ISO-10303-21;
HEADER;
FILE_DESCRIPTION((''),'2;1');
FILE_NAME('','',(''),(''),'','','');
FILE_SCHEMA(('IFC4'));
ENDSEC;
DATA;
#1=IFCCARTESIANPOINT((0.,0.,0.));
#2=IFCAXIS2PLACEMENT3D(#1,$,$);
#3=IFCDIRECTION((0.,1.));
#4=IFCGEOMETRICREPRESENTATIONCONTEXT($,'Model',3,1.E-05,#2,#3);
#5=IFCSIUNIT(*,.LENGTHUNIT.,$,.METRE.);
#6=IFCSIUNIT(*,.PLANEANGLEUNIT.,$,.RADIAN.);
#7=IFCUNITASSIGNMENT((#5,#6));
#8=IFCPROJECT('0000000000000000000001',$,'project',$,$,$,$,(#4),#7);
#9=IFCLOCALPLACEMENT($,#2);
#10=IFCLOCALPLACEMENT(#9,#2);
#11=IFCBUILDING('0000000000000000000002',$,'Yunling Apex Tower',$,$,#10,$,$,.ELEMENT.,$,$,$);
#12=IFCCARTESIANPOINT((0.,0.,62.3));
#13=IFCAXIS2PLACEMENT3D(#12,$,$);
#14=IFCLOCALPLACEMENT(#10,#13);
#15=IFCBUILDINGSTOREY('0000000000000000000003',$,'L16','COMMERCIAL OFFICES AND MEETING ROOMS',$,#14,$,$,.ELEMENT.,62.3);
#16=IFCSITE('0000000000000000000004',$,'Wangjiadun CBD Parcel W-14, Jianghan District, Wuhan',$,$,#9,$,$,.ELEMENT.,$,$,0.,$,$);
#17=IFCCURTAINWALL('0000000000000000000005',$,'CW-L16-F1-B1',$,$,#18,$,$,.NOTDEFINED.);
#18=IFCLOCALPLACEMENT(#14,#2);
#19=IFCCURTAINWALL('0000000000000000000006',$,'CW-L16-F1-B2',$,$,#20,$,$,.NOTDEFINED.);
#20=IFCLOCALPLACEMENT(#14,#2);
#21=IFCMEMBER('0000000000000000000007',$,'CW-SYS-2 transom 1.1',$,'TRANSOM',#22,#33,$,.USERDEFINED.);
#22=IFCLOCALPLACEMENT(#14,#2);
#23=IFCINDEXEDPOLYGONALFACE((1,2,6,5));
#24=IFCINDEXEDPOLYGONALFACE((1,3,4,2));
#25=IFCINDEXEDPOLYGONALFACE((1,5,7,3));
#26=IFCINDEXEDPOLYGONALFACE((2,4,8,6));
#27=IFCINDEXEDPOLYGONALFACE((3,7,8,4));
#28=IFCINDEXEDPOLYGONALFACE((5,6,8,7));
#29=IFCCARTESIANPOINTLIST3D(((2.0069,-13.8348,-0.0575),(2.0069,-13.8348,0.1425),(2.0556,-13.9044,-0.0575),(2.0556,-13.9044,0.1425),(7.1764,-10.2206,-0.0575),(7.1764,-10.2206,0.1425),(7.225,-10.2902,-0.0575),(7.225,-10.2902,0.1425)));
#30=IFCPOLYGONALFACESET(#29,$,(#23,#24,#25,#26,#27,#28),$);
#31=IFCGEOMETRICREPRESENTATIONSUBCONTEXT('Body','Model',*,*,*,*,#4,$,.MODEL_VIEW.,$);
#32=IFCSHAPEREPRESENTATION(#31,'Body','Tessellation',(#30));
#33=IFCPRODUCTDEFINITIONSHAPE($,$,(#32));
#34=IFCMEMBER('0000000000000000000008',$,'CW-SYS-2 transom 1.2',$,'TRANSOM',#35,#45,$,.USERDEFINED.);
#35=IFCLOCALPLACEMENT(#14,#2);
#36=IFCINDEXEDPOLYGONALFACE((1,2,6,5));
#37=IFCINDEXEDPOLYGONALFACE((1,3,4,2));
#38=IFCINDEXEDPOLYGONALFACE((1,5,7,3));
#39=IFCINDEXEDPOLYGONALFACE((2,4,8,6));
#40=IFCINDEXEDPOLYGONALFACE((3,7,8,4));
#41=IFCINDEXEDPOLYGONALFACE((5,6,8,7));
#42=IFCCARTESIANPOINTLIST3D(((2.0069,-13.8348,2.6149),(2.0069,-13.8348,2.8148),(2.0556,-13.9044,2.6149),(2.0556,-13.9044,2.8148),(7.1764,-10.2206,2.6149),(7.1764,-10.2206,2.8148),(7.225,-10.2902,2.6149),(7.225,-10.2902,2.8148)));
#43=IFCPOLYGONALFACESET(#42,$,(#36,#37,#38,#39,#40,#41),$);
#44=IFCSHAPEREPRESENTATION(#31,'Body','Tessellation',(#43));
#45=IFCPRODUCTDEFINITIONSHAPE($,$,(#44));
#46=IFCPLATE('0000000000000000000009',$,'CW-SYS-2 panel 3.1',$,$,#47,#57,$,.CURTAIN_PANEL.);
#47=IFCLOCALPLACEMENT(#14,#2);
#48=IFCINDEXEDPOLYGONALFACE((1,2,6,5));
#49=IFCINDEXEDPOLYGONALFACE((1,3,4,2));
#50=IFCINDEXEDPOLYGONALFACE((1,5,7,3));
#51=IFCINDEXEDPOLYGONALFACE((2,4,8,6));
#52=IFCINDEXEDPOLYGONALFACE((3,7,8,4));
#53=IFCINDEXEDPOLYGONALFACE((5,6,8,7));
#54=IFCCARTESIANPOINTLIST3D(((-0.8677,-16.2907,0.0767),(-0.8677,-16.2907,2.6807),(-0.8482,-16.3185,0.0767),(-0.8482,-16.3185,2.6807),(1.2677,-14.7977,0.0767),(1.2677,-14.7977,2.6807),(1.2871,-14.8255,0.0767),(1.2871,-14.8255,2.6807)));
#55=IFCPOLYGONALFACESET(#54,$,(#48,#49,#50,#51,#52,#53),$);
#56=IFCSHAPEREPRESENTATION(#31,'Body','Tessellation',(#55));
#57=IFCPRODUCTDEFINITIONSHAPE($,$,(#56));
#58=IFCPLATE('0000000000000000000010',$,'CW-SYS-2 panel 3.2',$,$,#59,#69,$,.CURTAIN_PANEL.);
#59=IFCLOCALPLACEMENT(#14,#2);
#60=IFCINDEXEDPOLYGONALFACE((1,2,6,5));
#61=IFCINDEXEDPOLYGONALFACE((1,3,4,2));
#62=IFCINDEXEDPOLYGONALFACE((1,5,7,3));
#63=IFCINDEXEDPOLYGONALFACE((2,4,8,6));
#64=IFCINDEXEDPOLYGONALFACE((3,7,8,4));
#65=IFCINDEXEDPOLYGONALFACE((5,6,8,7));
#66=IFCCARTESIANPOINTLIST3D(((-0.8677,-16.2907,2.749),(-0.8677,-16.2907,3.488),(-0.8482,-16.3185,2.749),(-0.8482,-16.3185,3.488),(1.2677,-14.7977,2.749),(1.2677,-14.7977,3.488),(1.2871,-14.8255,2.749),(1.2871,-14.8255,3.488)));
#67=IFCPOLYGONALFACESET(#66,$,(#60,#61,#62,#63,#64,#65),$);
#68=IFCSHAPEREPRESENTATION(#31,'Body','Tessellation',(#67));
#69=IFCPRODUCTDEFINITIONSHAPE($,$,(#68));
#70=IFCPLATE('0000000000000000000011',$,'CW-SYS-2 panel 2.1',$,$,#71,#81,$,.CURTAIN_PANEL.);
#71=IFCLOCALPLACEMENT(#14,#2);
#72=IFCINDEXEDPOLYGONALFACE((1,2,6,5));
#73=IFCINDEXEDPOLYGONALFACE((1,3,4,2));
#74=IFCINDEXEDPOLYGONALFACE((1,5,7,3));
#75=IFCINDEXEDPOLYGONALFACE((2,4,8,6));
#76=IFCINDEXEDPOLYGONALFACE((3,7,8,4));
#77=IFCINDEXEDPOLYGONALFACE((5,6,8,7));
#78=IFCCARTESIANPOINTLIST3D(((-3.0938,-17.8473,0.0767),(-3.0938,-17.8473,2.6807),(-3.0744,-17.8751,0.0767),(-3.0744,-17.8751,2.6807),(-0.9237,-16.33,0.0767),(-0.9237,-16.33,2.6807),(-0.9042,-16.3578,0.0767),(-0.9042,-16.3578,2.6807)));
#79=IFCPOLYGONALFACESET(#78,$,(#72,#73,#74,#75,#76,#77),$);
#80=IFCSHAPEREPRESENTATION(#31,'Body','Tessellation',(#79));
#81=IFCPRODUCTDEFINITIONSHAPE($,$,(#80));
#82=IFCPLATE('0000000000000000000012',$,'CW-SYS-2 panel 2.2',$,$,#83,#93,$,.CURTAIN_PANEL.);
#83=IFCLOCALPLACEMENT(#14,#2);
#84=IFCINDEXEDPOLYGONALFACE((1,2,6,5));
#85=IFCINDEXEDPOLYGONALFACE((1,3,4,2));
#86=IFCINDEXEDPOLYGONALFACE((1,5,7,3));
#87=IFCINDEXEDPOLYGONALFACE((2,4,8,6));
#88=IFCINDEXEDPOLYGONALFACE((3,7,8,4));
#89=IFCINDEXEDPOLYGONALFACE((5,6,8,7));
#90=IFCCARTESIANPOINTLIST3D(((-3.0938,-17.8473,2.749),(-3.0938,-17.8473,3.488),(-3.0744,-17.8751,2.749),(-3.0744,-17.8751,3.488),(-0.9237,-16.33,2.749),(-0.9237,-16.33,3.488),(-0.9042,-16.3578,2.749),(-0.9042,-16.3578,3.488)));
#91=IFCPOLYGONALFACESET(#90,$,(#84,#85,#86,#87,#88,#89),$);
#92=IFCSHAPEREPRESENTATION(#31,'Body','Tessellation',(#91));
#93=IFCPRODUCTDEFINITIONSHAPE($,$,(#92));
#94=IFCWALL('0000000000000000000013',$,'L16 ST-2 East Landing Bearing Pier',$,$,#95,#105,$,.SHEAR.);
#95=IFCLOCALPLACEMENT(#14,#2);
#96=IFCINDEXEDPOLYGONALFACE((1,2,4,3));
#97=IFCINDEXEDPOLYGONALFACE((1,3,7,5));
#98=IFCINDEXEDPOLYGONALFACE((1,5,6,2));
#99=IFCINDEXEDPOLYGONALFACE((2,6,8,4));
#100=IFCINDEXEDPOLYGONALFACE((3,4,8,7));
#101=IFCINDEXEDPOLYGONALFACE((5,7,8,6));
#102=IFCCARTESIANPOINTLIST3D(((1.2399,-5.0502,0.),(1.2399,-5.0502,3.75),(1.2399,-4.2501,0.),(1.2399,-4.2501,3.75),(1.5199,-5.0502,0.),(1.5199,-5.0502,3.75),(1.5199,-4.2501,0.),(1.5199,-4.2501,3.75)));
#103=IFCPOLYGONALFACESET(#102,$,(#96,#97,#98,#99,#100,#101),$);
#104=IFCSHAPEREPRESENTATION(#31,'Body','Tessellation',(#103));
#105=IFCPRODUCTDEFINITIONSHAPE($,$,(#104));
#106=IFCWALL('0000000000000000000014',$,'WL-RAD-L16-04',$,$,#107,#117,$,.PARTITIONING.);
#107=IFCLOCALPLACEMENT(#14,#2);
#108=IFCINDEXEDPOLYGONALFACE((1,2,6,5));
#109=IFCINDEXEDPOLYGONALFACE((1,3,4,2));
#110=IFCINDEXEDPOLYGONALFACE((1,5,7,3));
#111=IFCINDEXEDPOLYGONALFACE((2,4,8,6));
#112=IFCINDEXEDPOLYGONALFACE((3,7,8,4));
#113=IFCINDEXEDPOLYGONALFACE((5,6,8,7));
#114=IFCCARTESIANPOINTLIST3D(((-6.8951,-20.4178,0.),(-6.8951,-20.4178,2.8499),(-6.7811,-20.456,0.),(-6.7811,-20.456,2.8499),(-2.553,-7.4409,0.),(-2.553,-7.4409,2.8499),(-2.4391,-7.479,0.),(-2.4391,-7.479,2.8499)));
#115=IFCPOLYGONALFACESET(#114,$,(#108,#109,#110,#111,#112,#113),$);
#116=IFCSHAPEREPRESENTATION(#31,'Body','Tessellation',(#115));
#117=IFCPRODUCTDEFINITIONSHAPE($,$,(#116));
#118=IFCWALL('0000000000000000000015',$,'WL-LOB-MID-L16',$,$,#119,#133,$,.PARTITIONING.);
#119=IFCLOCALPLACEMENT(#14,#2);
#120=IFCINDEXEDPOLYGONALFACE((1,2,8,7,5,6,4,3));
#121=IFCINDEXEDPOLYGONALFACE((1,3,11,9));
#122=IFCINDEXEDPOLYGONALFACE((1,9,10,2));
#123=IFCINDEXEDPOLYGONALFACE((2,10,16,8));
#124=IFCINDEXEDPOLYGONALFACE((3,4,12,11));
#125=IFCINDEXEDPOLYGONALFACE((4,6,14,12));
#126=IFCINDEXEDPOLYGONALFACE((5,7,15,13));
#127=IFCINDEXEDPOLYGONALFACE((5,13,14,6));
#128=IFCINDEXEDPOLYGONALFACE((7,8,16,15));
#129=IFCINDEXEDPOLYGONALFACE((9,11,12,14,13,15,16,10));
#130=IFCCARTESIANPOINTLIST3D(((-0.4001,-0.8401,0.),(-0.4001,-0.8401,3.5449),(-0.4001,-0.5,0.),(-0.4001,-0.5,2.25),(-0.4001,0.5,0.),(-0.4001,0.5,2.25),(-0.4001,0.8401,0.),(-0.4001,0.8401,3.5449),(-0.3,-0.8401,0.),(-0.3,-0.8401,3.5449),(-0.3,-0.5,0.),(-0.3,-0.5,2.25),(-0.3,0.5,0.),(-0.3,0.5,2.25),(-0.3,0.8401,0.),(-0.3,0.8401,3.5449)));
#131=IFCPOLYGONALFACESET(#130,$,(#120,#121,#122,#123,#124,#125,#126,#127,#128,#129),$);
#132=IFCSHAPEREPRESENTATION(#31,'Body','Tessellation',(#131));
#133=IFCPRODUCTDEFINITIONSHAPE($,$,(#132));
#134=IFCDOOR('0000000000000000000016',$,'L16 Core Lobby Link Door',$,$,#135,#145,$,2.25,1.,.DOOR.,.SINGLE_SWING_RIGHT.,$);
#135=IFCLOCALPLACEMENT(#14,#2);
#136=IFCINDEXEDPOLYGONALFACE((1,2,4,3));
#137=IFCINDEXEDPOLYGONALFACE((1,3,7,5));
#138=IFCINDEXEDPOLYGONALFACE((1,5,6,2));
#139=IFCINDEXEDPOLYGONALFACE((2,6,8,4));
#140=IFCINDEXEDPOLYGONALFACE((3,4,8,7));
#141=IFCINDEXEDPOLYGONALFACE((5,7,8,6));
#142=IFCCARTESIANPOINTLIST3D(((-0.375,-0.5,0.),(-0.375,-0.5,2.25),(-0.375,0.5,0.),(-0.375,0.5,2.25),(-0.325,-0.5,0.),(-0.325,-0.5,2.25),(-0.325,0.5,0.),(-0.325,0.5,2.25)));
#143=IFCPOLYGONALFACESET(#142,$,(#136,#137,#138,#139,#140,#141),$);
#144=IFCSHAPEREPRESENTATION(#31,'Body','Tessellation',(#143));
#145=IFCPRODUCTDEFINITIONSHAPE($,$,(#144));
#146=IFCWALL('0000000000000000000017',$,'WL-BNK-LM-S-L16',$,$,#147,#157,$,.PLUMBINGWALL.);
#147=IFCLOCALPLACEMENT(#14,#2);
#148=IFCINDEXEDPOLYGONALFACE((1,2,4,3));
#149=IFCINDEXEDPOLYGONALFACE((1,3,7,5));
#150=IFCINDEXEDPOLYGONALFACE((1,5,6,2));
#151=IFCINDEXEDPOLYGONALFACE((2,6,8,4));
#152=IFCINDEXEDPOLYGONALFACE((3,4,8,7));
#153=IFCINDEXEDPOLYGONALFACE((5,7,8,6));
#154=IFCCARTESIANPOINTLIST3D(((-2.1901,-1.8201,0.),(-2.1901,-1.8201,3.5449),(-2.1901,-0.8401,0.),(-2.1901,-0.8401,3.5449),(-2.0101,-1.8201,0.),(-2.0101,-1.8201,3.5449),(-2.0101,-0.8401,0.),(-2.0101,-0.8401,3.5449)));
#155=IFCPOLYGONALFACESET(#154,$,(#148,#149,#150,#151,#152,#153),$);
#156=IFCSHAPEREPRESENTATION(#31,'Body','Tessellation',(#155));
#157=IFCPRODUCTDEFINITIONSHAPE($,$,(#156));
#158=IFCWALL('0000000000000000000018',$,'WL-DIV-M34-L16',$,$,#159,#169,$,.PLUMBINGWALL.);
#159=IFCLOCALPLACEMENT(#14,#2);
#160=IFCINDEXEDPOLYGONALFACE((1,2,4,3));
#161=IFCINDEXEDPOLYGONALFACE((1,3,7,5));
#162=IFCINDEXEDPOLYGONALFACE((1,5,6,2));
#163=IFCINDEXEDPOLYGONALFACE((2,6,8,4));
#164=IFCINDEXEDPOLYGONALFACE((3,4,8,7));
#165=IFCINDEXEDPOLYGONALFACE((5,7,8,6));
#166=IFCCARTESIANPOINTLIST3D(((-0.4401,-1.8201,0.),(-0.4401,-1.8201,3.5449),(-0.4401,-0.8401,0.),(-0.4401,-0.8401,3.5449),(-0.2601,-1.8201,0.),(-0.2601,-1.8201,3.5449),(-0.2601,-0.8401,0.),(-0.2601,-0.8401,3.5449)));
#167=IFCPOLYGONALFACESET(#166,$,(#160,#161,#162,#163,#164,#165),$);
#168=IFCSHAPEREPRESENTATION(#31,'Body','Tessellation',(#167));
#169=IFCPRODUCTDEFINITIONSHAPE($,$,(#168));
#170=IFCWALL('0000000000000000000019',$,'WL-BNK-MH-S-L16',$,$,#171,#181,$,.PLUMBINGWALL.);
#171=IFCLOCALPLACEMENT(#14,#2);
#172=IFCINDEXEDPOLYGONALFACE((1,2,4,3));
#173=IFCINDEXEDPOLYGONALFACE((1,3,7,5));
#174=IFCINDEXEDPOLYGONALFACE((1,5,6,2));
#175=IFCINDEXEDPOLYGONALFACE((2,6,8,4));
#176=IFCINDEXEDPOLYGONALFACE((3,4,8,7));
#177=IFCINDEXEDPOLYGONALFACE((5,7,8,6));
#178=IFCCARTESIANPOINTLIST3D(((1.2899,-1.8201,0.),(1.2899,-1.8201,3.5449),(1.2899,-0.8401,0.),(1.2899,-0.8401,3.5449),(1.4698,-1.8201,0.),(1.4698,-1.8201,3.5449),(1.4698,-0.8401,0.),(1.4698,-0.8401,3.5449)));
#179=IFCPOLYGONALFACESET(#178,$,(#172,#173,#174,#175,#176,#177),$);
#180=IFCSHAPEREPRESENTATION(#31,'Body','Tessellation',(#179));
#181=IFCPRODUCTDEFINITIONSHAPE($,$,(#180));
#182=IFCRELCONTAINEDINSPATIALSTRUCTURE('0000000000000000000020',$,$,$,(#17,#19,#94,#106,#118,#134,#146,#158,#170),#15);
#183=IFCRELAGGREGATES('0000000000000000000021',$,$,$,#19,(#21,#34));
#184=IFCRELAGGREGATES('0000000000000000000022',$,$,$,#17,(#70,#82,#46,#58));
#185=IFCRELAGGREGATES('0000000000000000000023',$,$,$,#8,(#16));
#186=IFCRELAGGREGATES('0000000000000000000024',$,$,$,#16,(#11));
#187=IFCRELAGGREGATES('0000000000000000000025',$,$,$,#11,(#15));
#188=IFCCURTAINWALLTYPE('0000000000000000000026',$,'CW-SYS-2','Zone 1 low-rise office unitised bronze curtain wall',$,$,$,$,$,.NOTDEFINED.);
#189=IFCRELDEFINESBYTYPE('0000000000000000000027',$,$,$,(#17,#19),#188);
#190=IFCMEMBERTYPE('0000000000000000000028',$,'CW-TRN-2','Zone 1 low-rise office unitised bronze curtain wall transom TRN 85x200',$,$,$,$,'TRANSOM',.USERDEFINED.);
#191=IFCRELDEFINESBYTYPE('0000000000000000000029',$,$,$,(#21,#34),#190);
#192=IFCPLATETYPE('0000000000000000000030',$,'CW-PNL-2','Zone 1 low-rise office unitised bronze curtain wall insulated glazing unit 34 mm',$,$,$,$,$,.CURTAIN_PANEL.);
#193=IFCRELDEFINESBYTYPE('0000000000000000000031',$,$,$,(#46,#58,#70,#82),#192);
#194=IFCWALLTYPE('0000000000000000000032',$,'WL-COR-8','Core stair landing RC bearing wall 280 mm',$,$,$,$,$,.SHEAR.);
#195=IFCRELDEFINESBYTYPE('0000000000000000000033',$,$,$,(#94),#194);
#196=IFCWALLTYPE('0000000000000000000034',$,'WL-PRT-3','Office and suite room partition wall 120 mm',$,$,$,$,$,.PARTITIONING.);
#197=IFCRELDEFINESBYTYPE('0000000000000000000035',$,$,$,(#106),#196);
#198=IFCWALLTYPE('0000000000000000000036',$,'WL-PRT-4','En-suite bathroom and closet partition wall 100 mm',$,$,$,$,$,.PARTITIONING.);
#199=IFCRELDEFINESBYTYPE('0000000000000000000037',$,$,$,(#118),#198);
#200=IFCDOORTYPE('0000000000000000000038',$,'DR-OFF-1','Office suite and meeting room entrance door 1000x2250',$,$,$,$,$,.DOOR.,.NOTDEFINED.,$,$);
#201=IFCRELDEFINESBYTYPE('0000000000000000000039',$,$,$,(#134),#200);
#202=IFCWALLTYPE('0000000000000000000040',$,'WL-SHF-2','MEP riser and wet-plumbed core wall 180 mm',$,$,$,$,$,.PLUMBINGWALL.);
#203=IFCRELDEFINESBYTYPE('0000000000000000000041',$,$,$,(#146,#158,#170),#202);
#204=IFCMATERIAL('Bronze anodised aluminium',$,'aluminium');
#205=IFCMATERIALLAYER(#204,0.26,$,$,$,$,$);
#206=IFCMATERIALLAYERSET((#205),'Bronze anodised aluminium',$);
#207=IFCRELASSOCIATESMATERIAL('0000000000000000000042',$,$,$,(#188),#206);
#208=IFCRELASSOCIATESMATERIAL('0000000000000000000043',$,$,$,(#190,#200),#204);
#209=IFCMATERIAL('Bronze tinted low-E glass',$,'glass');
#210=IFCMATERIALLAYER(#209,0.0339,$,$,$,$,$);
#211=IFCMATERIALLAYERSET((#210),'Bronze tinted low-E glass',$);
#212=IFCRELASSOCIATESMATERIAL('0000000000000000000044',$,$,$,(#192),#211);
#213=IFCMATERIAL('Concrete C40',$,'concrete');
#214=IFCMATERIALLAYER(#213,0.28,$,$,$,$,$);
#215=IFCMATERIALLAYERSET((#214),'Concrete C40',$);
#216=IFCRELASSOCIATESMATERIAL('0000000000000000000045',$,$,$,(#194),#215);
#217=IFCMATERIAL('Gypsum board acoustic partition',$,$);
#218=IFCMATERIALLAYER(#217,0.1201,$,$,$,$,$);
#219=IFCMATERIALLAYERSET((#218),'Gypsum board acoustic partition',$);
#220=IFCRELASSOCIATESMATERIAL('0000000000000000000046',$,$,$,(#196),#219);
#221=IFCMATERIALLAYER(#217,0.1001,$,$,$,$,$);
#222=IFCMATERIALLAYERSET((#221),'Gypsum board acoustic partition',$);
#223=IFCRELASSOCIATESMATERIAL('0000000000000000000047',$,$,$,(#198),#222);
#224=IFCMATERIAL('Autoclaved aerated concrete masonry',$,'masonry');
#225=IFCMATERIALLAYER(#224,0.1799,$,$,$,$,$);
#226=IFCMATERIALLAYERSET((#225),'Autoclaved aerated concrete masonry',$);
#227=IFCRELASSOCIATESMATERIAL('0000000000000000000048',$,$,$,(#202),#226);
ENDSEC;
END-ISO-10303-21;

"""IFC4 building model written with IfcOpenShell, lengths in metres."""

from ifc_helpers import new_model, si_unit, direction, frame, frame_2d, origin, origin_2d, place, context, subcontext, project, spatial, rectangle, extrude, source, transform, mapped, material, layer, layer_set, material_profile, profile_set, type_object, element, fill, aggregate, save


model = new_model("IFC4")

# Units and contexts
model_context = context("Model", 3, precision=1e-05, world=origin(), true_north=direction((0.0, 1.0)))
body_context = subcontext(model_context, "Body", "Model", "MODEL_VIEW")
ifc_project = project(units=[si_unit("LENGTHUNIT", "METRE"), si_unit("PLANEANGLEUNIT", "RADIAN")], contexts=[model_context])

# Site, building, storey
site_placement = place(None, origin())
site = spatial("IfcSite", under=ifc_project, at=site_placement, Name="Wangjiadun CBD Parcel W-14, Jianghan District, Wuhan", CompositionType="ELEMENT", RefElevation=0.0)
building_placement = place(site_placement, origin())
building = spatial("IfcBuilding", under=site, at=building_placement, Name="Yunling Apex Tower", CompositionType="ELEMENT")
storey_placement = place(building_placement, frame((0.0, 0.0, 62.3)))
storey = spatial("IfcBuildingStorey", under=building, at=storey_placement, Name="L16", Description="COMMERCIAL OFFICES AND MEETING ROOMS", CompositionType="ELEMENT", Elevation=62.3)

# Curtain wall
ifc_material_1 = material(Name="Bronze anodised aluminium", Category="aluminium")
ifc_layer_1 = layer(ifc_material_1, 0.26)
ifc_layer_set_1 = layer_set([ifc_layer_1], Name="Bronze anodised aluminium")
curtain_wall_type = type_object("IfcCurtainWallType", Name="CW-SYS-2", Description="Zone 1 low-rise office unitised bronze curtain wall", PredefinedType="NOTDEFINED", material=ifc_layer_set_1)
curtain_wall_1_placement = place(storey_placement, origin())
curtain_wall_1 = element("IfcCurtainWall", 1, at=curtain_wall_1_placement, inside=storey, type_object=curtain_wall_type, Name="CW-L16-F1-B1", PredefinedType="NOTDEFINED")

# Curtain wall
curtain_wall_2_placement = place(storey_placement, origin())
curtain_wall_2 = element("IfcCurtainWall", 2, at=curtain_wall_2_placement, inside=storey, type_object=curtain_wall_type, Name="CW-L16-F1-B2", PredefinedType="NOTDEFINED")

# Members
ifc_material_profile_1 = material_profile(ifc_material_1, rectangle(XDim=0.085, YDim=0.2, at=origin_2d()))
ifc_profile_set_1 = profile_set([ifc_material_profile_1], Name="Bronze anodised aluminium")
member_type_1 = type_object("IfcMemberType", Name="CW-TRN-2", Description="Zone 1 low-rise office unitised bronze curtain wall transom TRN 85x200", ElementType="TRANSOM", PredefinedType="USERDEFINED", material=ifc_profile_set_1)
shared_shape_1 = source(origin(), body_context, "Body", "SweptSolid", [
    extrude(rectangle(XDim=0.085, YDim=0.2, at=origin_2d()), origin(), (0.0, 0.0, 1.0), 6.3076),
])
member_1_placement = place(storey_placement, frame((2.0312, -13.8696, 0.0425), z_axis=(0.819555, 0.573, 0.0), x_axis=(-0.573, 0.819555, 0.0)))
member_1 = element("IfcMember", 3, at=member_1_placement, type_object=member_type_1, Name="CW-SYS-2 transom 1.1", ObjectType="TRANSOM", PredefinedType="USERDEFINED", context=body_context, shape_type="MappedRepresentation", body=[
    mapped(shared_shape_1, transform((0.0, 0.0, 0.0), scale=1.0)),
])
member_2_placement = place(storey_placement, frame((2.0312, -13.8696, 2.7148), z_axis=(0.819555, 0.573, 0.0), x_axis=(-0.573, 0.819555, 0.0)))
member_2 = element("IfcMember", 4, at=member_2_placement, type_object=member_type_1, Name="CW-SYS-2 transom 1.2", ObjectType="TRANSOM", PredefinedType="USERDEFINED", context=body_context, shape_type="MappedRepresentation", body=[
    mapped(shared_shape_1, transform((0.0, 0.0, 0.0), scale=1.0)),
])
aggregate(curtain_wall_2, [member_1, member_2])

# Plates
ifc_material_2 = material(Name="Bronze tinted low-E glass", Category="glass")
ifc_layer_2 = layer(ifc_material_2, 0.0339)
ifc_layer_set_2 = layer_set([ifc_layer_2], Name="Bronze tinted low-E glass")
plate_type = type_object("IfcPlateType", Name="CW-PNL-2", Description="Zone 1 low-rise office unitised bronze curtain wall insulated glazing unit 34 mm", PredefinedType="CURTAIN_PANEL", material=ifc_layer_set_2)
shared_shape_2 = source(origin(), body_context, "Body", "SweptSolid", [
    extrude(rectangle(XDim=2.6055, YDim=0.0339, at=origin_2d()), origin(), (0.0, 0.0, 1.0), 2.604),
])
plate_1_placement = place(storey_placement, frame((0.2097, -15.5581, 0.0767), z_axis=(0.0, 0.0, 1.0), x_axis=(0.819552, 0.573004, 0.0)))
plate_1 = element("IfcPlate", 5, at=plate_1_placement, type_object=plate_type, Name="CW-SYS-2 panel 3.1", PredefinedType="CURTAIN_PANEL", context=body_context, shape_type="MappedRepresentation", body=[
    mapped(shared_shape_2, transform((0.0, 0.0, 0.0), scale=1.0)),
])
shared_shape_3 = source(origin(), body_context, "Body", "SweptSolid", [
    extrude(rectangle(XDim=2.6055, YDim=0.0339, at=origin_2d()), origin(), (0.0, 0.0, 1.0), 0.739),
])
plate_2_placement = place(storey_placement, frame((0.2097, -15.5581, 2.749), z_axis=(0.0, 0.0, 1.0), x_axis=(0.819552, 0.573004, 0.0)))
plate_2 = element("IfcPlate", 6, at=plate_2_placement, type_object=plate_type, Name="CW-SYS-2 panel 3.2", PredefinedType="CURTAIN_PANEL", context=body_context, shape_type="MappedRepresentation", body=[
    mapped(shared_shape_3, transform((0.0, 0.0, 0.0), scale=1.0)),
])
shared_shape_4 = source(origin(), body_context, "Body", "SweptSolid", [
    extrude(rectangle(XDim=2.6479, YDim=0.0339, at=origin_2d()), origin(), (0.0, 0.0, 1.0), 2.604),
])
plate_3_placement = place(storey_placement, frame((-1.999, -17.1025, 0.0767), z_axis=(0.0, 0.0, 1.0), x_axis=(0.819552, 0.573004, 0.0)))
plate_3 = element("IfcPlate", 7, at=plate_3_placement, type_object=plate_type, Name="CW-SYS-2 panel 2.1", PredefinedType="CURTAIN_PANEL", context=body_context, shape_type="MappedRepresentation", body=[
    mapped(shared_shape_4, transform((0.0, 0.0, 0.0), scale=1.0)),
])
shared_shape_5 = source(origin(), body_context, "Body", "SweptSolid", [
    extrude(rectangle(XDim=2.6479, YDim=0.0339, at=origin_2d()), origin(), (0.0, 0.0, 1.0), 0.739),
])
plate_4_placement = place(storey_placement, frame((-1.999, -17.1025, 2.749), z_axis=(0.0, 0.0, 1.0), x_axis=(0.819552, 0.573004, 0.0)))
plate_4 = element("IfcPlate", 8, at=plate_4_placement, type_object=plate_type, Name="CW-SYS-2 panel 2.2", PredefinedType="CURTAIN_PANEL", context=body_context, shape_type="MappedRepresentation", body=[
    mapped(shared_shape_5, transform((0.0, 0.0, 0.0), scale=1.0)),
])
aggregate(curtain_wall_1, [plate_3, plate_4, plate_1, plate_2])

# Walls
ifc_material_3 = material(Name="Concrete C40", Category="concrete")
ifc_layer_3 = layer(ifc_material_3, 0.28)
ifc_layer_set_3 = layer_set([ifc_layer_3], Name="Concrete C40")
wall_type_1 = type_object("IfcWallType", Name="WL-COR-8", Description="Core stair landing RC bearing wall 280 mm", PredefinedType="SHEAR", material=ifc_layer_set_3)
wall_1_placement = place(storey_placement, frame((1.3799, -5.05, 0.0), z_axis=(0.0, 0.0, 1.0), x_axis=(0.0, 1.0, 0.0)))
element("IfcWall", 9, at=wall_1_placement, inside=storey, type_object=wall_type_1, Name="L16 ST-2 East Landing Bearing Pier", PredefinedType="SHEAR", context=body_context, shape_type="SweptSolid", body=[
    extrude(rectangle(XDim=0.8, YDim=0.28, at=frame_2d((0.3999, 0.0))), origin(), (0.0, 0.0, 1.0), 3.75),
])
ifc_material_4 = material(Name="Gypsum board acoustic partition")
ifc_layer_4 = layer(ifc_material_4, 0.1201)
ifc_layer_set_4 = layer_set([ifc_layer_4], Name="Gypsum board acoustic partition")
wall_type_2 = type_object("IfcWallType", Name="WL-PRT-3", Description="Office and suite room partition wall 120 mm", PredefinedType="PARTITIONING", material=ifc_layer_set_4)
wall_2_placement = place(storey_placement, frame((-2.4961, -7.46, 0.0), z_axis=(0.0, 0.0, 1.0), x_axis=(-0.317303, -0.948324, 0.0)))
element("IfcWall", 10, at=wall_2_placement, inside=storey, type_object=wall_type_2, Name="WL-RAD-L16-04", PredefinedType="PARTITIONING", context=body_context, shape_type="SweptSolid", body=[
    extrude(rectangle(XDim=13.6841, YDim=0.1201, at=frame_2d((6.842, 0.0))), origin(), (0.0, 0.0, 1.0), 2.8499),
])

# Wall, opening, door
ifc_layer_5 = layer(ifc_material_4, 0.1001)
ifc_layer_set_5 = layer_set([ifc_layer_5], Name="Gypsum board acoustic partition")
wall_type_3 = type_object("IfcWallType", Name="WL-PRT-4", Description="En-suite bathroom and closet partition wall 100 mm", PredefinedType="PARTITIONING", material=ifc_layer_set_5)
wall_3_placement = place(storey_placement, frame((-0.3501, -0.8401, 0.0), z_axis=(0.0, 0.0, 1.0), x_axis=(0.0, 1.0, 0.0)))
wall_3 = element("IfcWall", 11, at=wall_3_placement, inside=storey, type_object=wall_type_3, Name="WL-LOB-MID-L16", PredefinedType="PARTITIONING", context=body_context, shape_type="SweptSolid", body=[
    extrude(rectangle(XDim=1.6802, YDim=0.1001, at=frame_2d((0.8401, 0.0))), origin(), (0.0, 0.0, 1.0), 3.5449),
])
opening_1_placement = place(wall_3_placement, frame((0.3401, 0.0, 0.0)))
opening_1 = element("IfcOpeningElement", 12, at=opening_1_placement, cuts=wall_3, PredefinedType="OPENING", context=body_context, shape_type="SweptSolid", body=[
    extrude(rectangle(XDim=1.0, YDim=2.25, at=frame_2d((0.5, 1.125))), frame((0.0, 0.0601, 0.0), z_axis=(0.0, -1.0, 0.0), x_axis=(1.0, 0.0, 0.0)), (0.0, 0.0, 1.0), 0.1201),
])
door_type_1 = type_object("IfcDoorType", Name="DR-OFF-1", Description="Office suite and meeting room entrance door 1000x2250", OperationType="NOTDEFINED", PredefinedType="DOOR", material=ifc_material_1)
door_1_placement = place(opening_1_placement, origin())
door_1 = element("IfcDoor", 13, at=door_1_placement, inside=storey, type_object=door_type_1, Name="L16 Core Lobby Link Door", OperationType="SINGLE_SWING_RIGHT", OverallHeight=2.25, OverallWidth=1.0, PredefinedType="DOOR", context=body_context, shape_type="SweptSolid", body=[
    extrude(rectangle(XDim=1.0, YDim=2.25, at=frame_2d((0.5, 1.125))), frame((0.0, 0.0249, 0.0), z_axis=(0.0, -1.0, 0.0), x_axis=(1.0, 0.0, 0.0)), (0.0, 0.0, 1.0), 0.05),
])
fill(opening_1, door_1)
ifc_material_5 = material(Name="Autoclaved aerated concrete masonry", Category="masonry")

# Walls
ifc_layer_6 = layer(ifc_material_5, 0.1799)
ifc_layer_set_6 = layer_set([ifc_layer_6], Name="Autoclaved aerated concrete masonry")
wall_type_4 = type_object("IfcWallType", Name="WL-SHF-2", Description="MEP riser and wet-plumbed core wall 180 mm", PredefinedType="PLUMBINGWALL", material=ifc_layer_set_6)
for number, where, z_axis, x_axis, name in (
    (14, (-2.1001, -1.8201, 0.0), (0.0, 0.0, 1.0), (0.0, 1.0, 0.0), "WL-BNK-LM-S-L16"),
    (15, (-0.3501, -1.8201, 0.0), (0.0, 0.0, 1.0), (0.0, 1.0, 0.0), "WL-DIV-M34-L16"),
    (16, (1.3799, -1.8201, 0.0), (0.0, 0.0, 1.0), (0.0, 1.0, 0.0), "WL-BNK-MH-S-L16"),
):
    element("IfcWall", number, at=place(storey_placement, frame(where, z_axis=z_axis, x_axis=x_axis)), inside=storey, type_object=wall_type_4, Name=name, PredefinedType="PLUMBINGWALL", context=body_context, shape_type="SweptSolid", body=[
        extrude(rectangle(XDim=0.98, YDim=0.1799, at=frame_2d((0.49, 0.0))), origin(), (0.0, 0.0, 1.0), 3.5449),
    ])

save(model, "model.ifc")
